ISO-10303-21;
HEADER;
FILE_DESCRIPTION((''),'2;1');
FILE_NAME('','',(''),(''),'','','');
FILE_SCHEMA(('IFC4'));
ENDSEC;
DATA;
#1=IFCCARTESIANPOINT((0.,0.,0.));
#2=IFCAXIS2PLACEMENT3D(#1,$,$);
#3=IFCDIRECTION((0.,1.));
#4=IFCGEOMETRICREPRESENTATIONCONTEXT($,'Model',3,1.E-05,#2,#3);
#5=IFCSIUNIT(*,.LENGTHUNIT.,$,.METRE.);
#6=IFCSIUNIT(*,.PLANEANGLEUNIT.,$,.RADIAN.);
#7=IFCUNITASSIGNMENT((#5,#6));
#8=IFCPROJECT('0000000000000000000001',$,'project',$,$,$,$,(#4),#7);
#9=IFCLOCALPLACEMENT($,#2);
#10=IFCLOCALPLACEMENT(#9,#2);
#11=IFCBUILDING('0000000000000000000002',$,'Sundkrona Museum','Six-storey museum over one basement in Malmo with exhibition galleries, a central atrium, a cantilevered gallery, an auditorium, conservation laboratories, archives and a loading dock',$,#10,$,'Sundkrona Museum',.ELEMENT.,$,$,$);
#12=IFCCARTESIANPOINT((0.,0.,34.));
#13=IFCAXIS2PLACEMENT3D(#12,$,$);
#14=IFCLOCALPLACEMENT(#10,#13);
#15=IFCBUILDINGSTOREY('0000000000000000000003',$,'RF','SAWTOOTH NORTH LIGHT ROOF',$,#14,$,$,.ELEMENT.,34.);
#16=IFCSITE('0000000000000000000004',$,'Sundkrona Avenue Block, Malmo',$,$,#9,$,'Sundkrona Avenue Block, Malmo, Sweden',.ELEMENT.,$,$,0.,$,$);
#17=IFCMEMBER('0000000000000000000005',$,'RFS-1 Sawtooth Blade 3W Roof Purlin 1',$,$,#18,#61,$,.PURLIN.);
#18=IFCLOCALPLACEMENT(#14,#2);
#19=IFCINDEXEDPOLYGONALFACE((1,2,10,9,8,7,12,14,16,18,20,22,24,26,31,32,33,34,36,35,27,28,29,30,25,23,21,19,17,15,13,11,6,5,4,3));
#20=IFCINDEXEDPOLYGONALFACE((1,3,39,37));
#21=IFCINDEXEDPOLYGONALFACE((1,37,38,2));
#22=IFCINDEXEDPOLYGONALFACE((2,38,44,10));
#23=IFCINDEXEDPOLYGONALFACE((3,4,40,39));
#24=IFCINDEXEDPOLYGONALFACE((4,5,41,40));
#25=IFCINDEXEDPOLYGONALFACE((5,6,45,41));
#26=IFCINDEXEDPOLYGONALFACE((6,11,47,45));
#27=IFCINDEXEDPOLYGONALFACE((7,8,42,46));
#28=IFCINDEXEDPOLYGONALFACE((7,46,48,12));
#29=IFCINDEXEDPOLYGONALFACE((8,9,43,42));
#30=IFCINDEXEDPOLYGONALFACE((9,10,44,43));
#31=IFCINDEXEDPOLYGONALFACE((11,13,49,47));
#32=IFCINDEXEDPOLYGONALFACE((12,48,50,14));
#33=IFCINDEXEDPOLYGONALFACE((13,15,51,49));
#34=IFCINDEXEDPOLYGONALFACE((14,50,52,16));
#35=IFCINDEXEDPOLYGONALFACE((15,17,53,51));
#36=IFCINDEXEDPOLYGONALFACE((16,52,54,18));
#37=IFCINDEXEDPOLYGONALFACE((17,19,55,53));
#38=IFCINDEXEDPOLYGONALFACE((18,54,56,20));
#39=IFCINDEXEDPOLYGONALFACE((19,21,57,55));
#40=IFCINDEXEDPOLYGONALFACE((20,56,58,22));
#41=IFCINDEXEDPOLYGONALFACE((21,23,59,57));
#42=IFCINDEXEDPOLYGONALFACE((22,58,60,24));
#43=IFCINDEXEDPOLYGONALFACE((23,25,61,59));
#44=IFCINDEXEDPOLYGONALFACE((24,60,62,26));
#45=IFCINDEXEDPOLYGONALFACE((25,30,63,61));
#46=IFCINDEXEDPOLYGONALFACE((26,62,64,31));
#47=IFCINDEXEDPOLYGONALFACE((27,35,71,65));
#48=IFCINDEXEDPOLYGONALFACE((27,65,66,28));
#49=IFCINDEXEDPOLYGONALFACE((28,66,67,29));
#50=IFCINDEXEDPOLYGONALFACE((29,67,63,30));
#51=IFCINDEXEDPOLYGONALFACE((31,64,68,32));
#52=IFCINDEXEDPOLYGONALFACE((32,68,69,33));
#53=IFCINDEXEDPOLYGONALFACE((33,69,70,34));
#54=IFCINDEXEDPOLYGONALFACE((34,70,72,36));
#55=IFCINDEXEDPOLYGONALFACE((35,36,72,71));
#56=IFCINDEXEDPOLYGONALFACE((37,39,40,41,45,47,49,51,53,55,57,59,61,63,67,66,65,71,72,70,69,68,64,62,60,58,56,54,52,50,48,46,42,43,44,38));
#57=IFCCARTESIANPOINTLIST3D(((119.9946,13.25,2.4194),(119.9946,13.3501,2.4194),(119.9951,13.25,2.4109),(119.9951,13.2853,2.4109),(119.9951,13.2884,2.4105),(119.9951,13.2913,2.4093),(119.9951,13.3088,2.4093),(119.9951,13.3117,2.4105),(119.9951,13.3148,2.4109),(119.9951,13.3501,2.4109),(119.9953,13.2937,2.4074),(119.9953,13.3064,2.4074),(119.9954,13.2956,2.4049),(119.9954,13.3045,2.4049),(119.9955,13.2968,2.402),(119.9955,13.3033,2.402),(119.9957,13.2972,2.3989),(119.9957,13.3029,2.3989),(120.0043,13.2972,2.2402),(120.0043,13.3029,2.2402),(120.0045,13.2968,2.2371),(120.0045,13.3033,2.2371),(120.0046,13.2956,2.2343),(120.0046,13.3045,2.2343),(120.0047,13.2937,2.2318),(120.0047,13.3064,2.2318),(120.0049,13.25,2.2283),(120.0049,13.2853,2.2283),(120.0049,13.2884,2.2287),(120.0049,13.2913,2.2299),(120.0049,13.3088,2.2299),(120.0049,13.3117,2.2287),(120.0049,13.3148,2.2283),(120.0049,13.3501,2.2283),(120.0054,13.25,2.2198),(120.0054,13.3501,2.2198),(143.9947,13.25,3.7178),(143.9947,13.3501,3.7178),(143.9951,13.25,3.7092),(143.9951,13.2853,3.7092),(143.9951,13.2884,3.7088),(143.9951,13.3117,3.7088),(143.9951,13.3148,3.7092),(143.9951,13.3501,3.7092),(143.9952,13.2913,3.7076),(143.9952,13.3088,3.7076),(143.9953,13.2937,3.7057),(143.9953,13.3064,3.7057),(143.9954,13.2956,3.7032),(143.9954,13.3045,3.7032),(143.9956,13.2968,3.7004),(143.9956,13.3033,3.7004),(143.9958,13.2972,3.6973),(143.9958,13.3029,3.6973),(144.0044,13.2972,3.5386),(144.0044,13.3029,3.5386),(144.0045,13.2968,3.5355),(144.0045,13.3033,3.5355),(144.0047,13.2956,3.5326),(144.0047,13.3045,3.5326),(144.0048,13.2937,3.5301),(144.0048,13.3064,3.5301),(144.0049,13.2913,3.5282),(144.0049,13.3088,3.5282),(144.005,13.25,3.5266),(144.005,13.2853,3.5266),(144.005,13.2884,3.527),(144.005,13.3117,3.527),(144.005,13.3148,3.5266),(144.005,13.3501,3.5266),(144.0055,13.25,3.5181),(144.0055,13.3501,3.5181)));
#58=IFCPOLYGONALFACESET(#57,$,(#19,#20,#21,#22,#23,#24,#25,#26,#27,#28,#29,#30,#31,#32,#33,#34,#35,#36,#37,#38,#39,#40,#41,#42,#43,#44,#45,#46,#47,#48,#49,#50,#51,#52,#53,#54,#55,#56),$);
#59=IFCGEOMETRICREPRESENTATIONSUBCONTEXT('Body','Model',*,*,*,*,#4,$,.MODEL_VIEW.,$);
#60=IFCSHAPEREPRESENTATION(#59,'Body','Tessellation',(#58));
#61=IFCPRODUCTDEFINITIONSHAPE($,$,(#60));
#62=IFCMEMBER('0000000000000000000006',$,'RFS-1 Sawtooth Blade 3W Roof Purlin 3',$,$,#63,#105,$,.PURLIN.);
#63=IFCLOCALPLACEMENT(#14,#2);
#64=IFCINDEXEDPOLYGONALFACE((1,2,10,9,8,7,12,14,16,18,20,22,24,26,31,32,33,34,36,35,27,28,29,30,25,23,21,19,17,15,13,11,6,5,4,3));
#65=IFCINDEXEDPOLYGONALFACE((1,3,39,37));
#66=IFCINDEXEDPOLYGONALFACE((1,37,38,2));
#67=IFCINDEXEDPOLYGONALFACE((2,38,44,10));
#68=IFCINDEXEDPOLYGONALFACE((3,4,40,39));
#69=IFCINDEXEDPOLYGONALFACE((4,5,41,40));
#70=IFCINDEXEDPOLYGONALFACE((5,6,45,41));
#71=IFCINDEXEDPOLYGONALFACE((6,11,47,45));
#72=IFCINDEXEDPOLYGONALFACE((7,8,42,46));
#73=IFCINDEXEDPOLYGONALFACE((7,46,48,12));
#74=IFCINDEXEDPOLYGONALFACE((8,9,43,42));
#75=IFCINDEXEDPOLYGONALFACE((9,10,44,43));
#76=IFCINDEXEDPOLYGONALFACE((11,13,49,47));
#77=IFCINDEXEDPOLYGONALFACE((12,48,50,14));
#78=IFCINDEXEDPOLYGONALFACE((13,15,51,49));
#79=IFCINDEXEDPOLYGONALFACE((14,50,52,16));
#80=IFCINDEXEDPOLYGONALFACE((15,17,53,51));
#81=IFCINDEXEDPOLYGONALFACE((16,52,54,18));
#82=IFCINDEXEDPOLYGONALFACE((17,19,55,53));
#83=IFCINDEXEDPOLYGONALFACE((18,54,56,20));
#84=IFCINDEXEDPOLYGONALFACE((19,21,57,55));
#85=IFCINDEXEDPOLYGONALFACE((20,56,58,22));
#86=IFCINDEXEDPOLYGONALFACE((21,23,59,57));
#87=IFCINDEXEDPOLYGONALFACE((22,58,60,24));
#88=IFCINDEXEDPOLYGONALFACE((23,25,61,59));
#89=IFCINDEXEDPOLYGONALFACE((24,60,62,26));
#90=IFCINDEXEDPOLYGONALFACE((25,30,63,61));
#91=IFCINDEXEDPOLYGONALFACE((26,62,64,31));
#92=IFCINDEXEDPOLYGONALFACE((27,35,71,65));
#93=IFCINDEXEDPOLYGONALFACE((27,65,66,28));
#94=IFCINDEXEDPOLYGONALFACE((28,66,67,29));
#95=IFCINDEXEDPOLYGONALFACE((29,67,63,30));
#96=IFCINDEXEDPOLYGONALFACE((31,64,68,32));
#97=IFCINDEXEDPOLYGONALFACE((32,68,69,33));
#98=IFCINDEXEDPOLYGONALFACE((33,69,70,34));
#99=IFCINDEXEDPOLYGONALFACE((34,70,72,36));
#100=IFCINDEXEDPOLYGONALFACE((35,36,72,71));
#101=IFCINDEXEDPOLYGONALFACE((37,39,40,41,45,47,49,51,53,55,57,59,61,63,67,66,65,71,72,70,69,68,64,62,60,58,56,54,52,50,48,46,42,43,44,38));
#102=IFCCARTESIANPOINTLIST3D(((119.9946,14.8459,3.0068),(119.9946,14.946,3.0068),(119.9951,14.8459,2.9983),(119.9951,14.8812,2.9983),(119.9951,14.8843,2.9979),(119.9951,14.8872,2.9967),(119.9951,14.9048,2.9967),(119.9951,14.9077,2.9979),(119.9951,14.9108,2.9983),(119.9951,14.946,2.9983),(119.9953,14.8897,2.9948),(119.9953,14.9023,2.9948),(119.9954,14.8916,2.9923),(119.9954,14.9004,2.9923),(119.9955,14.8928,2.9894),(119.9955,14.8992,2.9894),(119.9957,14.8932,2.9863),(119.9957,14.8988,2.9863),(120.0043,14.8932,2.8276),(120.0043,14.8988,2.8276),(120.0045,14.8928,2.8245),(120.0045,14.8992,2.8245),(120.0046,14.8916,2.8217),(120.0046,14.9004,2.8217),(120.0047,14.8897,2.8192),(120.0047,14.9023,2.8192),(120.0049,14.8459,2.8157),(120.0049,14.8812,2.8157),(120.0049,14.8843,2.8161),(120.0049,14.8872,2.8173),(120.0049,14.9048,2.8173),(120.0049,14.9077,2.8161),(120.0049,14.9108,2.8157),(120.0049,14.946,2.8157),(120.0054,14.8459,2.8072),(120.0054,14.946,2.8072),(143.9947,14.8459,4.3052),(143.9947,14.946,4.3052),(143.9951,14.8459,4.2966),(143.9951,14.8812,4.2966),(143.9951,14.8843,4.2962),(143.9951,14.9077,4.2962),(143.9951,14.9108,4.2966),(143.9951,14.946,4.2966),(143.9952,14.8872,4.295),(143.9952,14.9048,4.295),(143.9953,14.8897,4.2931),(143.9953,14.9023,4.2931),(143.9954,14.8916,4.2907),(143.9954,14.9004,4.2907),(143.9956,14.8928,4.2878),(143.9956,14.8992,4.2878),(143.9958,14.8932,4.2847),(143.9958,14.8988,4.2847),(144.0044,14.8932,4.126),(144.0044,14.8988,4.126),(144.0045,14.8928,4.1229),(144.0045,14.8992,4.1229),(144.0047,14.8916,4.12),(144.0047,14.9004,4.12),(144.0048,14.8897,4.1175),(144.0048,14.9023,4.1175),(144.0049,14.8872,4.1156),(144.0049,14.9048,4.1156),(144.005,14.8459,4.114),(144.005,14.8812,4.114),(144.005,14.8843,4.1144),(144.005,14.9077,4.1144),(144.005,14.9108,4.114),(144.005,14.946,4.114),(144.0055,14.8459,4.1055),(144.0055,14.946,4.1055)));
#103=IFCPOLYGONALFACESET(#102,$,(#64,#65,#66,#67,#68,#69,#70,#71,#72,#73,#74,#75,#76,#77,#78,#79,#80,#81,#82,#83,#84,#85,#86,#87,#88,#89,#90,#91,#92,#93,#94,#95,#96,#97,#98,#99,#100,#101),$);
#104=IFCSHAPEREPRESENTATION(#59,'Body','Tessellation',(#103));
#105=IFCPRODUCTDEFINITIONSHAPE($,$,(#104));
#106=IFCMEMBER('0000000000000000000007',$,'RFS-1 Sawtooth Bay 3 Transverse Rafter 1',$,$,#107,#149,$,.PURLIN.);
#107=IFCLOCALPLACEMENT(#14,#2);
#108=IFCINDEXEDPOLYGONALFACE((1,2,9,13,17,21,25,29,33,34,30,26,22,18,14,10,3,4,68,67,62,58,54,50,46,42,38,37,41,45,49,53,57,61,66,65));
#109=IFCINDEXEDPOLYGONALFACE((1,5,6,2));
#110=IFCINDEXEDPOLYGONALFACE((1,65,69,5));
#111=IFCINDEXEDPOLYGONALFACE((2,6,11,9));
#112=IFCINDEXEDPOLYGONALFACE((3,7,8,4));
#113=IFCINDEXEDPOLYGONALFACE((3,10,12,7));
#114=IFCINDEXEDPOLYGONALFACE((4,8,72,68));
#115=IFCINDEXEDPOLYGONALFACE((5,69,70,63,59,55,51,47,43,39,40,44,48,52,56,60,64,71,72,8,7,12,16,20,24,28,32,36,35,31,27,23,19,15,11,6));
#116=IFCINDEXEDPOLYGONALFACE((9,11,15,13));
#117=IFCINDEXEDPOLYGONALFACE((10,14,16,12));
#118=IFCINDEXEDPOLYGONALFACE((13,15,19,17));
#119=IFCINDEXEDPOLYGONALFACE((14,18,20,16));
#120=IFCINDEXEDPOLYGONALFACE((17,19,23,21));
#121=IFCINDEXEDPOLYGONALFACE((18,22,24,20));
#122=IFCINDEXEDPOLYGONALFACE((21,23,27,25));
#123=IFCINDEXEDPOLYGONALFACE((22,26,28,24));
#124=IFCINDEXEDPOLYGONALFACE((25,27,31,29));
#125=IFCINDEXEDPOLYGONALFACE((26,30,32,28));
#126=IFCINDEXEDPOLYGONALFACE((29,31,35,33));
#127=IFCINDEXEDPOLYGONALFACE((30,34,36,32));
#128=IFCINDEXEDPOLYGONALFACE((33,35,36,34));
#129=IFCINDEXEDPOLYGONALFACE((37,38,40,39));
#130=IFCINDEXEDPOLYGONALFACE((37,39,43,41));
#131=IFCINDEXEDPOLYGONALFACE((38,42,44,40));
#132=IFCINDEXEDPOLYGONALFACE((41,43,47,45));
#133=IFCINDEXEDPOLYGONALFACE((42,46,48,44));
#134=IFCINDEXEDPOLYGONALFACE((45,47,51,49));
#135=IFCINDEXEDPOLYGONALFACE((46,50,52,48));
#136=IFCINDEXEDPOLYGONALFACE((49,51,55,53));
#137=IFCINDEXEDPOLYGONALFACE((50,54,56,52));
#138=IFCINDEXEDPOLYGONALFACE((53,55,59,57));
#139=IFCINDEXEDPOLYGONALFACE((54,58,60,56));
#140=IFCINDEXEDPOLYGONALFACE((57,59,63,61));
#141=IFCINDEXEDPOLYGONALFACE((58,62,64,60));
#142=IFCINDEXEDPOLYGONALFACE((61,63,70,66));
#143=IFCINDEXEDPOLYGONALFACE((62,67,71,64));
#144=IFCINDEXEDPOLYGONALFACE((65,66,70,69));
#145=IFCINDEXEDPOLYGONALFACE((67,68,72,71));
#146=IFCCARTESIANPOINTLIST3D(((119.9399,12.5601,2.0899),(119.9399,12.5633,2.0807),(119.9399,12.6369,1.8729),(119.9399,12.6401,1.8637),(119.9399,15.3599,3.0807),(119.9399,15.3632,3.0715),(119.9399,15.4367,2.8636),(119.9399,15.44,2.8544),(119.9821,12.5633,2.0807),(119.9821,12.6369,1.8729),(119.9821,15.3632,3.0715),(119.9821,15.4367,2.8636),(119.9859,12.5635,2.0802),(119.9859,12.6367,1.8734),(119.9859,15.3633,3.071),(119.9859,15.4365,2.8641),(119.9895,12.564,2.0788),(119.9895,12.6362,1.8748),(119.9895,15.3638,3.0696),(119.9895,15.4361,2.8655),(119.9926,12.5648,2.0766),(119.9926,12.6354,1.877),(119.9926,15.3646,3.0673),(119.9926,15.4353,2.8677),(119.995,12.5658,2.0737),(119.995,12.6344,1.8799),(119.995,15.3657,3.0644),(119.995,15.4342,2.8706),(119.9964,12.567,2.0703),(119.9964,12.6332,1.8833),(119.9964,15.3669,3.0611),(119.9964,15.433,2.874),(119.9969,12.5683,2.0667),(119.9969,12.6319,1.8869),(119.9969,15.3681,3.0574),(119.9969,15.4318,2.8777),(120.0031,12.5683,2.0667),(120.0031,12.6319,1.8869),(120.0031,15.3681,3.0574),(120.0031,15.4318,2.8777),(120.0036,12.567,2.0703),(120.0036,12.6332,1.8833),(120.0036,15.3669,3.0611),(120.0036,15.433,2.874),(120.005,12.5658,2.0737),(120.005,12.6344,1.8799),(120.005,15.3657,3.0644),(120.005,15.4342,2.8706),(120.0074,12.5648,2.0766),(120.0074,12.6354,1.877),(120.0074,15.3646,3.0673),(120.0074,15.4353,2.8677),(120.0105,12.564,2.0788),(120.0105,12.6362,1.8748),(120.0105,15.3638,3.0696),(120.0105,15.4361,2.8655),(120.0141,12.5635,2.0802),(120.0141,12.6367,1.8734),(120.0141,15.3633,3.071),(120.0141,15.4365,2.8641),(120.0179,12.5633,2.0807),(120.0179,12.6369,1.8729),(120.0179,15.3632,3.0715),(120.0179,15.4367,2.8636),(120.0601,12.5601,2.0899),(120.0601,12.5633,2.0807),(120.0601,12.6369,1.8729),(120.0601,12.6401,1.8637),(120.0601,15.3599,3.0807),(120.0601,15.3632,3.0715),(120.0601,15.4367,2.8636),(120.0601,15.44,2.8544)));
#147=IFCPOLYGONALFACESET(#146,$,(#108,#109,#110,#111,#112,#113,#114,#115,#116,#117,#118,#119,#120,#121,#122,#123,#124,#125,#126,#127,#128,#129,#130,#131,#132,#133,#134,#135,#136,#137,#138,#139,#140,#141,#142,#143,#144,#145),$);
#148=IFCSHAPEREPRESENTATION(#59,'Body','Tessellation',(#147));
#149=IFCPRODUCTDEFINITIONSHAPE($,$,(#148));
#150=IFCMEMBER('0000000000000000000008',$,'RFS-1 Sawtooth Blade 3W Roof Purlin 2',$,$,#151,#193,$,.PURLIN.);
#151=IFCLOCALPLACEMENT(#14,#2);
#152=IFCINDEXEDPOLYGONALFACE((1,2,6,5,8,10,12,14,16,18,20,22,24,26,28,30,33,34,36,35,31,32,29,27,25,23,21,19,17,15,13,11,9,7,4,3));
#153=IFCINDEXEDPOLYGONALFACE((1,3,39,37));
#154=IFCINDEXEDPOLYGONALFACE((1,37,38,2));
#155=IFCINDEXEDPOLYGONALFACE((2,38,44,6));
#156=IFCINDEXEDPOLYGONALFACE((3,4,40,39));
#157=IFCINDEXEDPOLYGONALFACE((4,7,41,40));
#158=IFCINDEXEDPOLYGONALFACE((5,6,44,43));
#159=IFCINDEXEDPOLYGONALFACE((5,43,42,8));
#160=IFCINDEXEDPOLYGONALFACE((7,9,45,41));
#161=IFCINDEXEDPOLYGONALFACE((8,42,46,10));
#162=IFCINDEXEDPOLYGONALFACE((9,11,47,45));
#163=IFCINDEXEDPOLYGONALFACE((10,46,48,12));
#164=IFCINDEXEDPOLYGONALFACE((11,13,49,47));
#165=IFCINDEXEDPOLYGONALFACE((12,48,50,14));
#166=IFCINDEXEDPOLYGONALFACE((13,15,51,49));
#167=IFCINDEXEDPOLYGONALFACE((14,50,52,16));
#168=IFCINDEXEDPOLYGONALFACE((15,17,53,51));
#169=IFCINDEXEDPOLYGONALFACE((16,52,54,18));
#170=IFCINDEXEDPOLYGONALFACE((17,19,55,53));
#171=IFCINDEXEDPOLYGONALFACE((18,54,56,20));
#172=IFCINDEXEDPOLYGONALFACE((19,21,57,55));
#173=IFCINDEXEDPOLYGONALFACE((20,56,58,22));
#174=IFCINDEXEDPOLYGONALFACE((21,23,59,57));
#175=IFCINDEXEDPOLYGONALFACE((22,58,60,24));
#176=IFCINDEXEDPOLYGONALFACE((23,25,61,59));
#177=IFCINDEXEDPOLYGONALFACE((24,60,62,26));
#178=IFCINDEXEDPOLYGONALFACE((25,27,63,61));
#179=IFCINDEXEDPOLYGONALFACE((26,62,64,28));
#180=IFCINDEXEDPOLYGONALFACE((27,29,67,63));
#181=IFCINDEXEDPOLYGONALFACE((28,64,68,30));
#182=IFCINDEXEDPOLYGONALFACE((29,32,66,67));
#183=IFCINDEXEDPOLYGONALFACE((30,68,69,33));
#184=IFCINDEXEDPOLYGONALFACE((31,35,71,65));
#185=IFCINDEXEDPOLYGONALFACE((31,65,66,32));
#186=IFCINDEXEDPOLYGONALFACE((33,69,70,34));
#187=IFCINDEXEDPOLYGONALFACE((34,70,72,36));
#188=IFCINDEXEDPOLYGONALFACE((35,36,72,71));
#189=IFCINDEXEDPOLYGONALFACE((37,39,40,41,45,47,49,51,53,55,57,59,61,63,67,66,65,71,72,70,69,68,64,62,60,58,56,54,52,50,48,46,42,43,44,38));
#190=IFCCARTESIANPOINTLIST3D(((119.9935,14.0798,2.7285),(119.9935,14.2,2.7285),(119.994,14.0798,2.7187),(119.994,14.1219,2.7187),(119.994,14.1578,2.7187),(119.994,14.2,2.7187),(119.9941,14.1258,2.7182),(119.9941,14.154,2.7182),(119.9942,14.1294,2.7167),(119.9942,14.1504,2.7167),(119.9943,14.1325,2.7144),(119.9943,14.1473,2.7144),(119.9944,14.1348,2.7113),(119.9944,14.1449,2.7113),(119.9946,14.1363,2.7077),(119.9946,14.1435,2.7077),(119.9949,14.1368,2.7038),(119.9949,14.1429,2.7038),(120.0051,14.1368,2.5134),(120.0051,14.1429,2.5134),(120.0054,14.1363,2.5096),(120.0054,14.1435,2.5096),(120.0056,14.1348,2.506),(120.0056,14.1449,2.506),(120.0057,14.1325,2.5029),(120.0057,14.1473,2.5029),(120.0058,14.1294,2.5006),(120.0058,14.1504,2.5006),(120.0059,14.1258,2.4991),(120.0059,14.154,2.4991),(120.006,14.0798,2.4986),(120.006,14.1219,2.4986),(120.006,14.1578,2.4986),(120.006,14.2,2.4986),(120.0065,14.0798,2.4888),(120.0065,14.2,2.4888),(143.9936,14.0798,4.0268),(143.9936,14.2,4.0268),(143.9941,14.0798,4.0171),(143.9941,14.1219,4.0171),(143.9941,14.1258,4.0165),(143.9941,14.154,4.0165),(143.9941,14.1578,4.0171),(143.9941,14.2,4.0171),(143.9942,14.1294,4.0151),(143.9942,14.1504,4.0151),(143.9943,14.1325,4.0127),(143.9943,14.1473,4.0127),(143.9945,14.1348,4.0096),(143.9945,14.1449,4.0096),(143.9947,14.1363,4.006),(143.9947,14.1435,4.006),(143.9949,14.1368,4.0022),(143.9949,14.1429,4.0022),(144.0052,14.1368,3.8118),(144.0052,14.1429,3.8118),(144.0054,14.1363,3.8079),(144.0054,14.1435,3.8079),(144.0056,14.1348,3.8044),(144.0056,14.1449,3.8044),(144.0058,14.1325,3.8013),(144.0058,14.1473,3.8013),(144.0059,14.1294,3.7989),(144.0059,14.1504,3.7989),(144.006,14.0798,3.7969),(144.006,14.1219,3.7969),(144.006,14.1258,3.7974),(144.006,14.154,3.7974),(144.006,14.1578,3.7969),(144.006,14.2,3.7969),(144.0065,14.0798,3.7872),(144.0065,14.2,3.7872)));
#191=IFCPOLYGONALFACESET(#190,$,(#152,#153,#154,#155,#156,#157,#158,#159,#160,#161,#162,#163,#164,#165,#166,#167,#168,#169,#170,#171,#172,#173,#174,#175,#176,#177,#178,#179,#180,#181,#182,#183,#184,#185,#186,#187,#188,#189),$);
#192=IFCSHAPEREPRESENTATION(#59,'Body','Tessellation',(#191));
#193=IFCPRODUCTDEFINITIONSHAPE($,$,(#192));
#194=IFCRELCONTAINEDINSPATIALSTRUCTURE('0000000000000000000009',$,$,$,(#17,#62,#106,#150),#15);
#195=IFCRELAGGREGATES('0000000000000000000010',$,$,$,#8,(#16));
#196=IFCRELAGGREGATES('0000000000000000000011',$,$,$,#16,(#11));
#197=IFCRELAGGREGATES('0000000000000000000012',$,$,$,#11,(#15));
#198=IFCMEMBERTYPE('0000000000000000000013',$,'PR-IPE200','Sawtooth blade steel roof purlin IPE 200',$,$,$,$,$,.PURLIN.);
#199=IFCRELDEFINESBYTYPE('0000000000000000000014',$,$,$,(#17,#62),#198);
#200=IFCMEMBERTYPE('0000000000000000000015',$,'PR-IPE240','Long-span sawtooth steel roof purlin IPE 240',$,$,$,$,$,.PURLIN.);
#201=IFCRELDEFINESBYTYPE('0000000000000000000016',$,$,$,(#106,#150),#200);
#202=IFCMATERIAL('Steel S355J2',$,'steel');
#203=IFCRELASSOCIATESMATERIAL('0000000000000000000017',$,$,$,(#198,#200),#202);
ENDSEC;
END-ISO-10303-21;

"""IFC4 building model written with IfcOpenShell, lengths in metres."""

from ifc_helpers import new_model, si_unit, direction, frame, origin, origin_2d, place, context, subcontext, project, spatial, i_section, extrude, material, material_profile, profile_set, type_object, element, save


model = new_model("IFC4")

# Units and contexts
model_context = context("Model", 3, precision=1e-05, world=origin(), true_north=direction((0.0, 1.0)))
body_context = subcontext(model_context, "Body", "Model", "MODEL_VIEW")
ifc_project = project(units=[si_unit("LENGTHUNIT", "METRE"), si_unit("PLANEANGLEUNIT", "RADIAN")], contexts=[model_context])

# Site, building, storey
site_placement = place(None, origin())
site = spatial("IfcSite", under=ifc_project, at=site_placement, Name="Sundkrona Avenue Block, Malmo", LongName="Sundkrona Avenue Block, Malmo, Sweden", CompositionType="ELEMENT", RefElevation=0.0)
building_placement = place(site_placement, origin())
building = spatial("IfcBuilding", under=site, at=building_placement, Name="Sundkrona Museum", Description="Six-storey museum over one basement in Malmo with exhibition galleries, a central atrium, a cantilevered gallery, an auditorium, conservation laboratories, archives and a loading dock", LongName="Sundkrona Museum", CompositionType="ELEMENT")
storey_placement = place(building_placement, frame((0.0, 0.0, 34.0)))
storey = spatial("IfcBuildingStorey", under=building, at=storey_placement, Name="RF", Description="SAWTOOTH NORTH LIGHT ROOF", CompositionType="ELEMENT", Elevation=34.0)

# Members
ifc_material_1 = material(Name="Steel S355J2", Category="steel")
ifc_material_profile_1 = material_profile(ifc_material_1, i_section(OverallWidth=0.1001, OverallDepth=0.2, WebThickness=0.0056, FlangeThickness=0.0085, FilletRadius=0.012, at=origin_2d()), Name="IPE 200")
ifc_profile_set_1 = profile_set([ifc_material_profile_1], Name="Steel S355J2")
member_type_1 = type_object("IfcMemberType", Name="PR-IPE200", Description="Sawtooth blade steel roof purlin IPE 200", PredefinedType="PURLIN", material=ifc_profile_set_1)
for number, where, z_axis, x_axis, name in (
    (1, (120.0, 13.3, 2.3196), (0.99854, 0.0, 0.054019), (0.0, 1.0, 0.0), "RFS-1 Sawtooth Blade 3W Roof Purlin 1"),
    (2, (120.0, 14.896, 2.907), (0.99854, 0.0, 0.054019), (0.0, 1.0, 0.0), "RFS-1 Sawtooth Blade 3W Roof Purlin 3"),
):
    element("IfcMember", number, at=place(storey_placement, frame(where, z_axis=z_axis, x_axis=x_axis)), inside=storey, type_object=member_type_1, Name=name, PredefinedType="PURLIN", context=body_context, shape_type="SweptSolid", body=[
        extrude(i_section(OverallWidth=0.1001, OverallDepth=0.2, WebThickness=0.0056, FlangeThickness=0.0085, FilletRadius=0.012, at=origin_2d()), origin(), (0.0, 0.0, 1.0), 24.0352),
    ])
ifc_material_profile_2 = material_profile(ifc_material_1, i_section(OverallWidth=0.1201, OverallDepth=0.24, WebThickness=0.0061, FlangeThickness=0.0098, FilletRadius=0.0149, at=origin_2d()), Name="IPE 240")
ifc_profile_set_2 = profile_set([ifc_material_profile_2], Name="Steel S355J2")
member_type_2 = type_object("IfcMemberType", Name="PR-IPE240", Description="Long-span sawtooth steel roof purlin IPE 240", PredefinedType="PURLIN", material=ifc_profile_set_2)
member_1_placement = place(storey_placement, frame((120.0, 12.6001, 1.9768), z_axis=(0.0, 0.94272, 0.333585), x_axis=(-1.0, 0.0, 0.0)))
element("IfcMember", 3, at=member_1_placement, inside=storey, type_object=member_type_2, Name="RFS-1 Sawtooth Bay 3 Transverse Rafter 1", PredefinedType="PURLIN", context=body_context, shape_type="SweptSolid", body=[
    extrude(i_section(OverallWidth=0.1201, OverallDepth=0.24, WebThickness=0.0061, FlangeThickness=0.0098, FilletRadius=0.0149, at=origin_2d()), origin(), (0.0, 0.0, 1.0), 2.97),
])
member_2_placement = place(storey_placement, frame((120.0, 14.1399, 2.6086), z_axis=(0.99854, 0.0, 0.054019), x_axis=(0.0, 1.0, 0.0)))
element("IfcMember", 4, at=member_2_placement, inside=storey, type_object=member_type_2, Name="RFS-1 Sawtooth Blade 3W Roof Purlin 2", PredefinedType="PURLIN", context=body_context, shape_type="SweptSolid", body=[
    extrude(i_section(OverallWidth=0.1201, OverallDepth=0.24, WebThickness=0.0061, FlangeThickness=0.0098, FilletRadius=0.0149, at=origin_2d()), origin(), (0.0, 0.0, 1.0), 24.0352),
])

save(model, "model.ifc")
